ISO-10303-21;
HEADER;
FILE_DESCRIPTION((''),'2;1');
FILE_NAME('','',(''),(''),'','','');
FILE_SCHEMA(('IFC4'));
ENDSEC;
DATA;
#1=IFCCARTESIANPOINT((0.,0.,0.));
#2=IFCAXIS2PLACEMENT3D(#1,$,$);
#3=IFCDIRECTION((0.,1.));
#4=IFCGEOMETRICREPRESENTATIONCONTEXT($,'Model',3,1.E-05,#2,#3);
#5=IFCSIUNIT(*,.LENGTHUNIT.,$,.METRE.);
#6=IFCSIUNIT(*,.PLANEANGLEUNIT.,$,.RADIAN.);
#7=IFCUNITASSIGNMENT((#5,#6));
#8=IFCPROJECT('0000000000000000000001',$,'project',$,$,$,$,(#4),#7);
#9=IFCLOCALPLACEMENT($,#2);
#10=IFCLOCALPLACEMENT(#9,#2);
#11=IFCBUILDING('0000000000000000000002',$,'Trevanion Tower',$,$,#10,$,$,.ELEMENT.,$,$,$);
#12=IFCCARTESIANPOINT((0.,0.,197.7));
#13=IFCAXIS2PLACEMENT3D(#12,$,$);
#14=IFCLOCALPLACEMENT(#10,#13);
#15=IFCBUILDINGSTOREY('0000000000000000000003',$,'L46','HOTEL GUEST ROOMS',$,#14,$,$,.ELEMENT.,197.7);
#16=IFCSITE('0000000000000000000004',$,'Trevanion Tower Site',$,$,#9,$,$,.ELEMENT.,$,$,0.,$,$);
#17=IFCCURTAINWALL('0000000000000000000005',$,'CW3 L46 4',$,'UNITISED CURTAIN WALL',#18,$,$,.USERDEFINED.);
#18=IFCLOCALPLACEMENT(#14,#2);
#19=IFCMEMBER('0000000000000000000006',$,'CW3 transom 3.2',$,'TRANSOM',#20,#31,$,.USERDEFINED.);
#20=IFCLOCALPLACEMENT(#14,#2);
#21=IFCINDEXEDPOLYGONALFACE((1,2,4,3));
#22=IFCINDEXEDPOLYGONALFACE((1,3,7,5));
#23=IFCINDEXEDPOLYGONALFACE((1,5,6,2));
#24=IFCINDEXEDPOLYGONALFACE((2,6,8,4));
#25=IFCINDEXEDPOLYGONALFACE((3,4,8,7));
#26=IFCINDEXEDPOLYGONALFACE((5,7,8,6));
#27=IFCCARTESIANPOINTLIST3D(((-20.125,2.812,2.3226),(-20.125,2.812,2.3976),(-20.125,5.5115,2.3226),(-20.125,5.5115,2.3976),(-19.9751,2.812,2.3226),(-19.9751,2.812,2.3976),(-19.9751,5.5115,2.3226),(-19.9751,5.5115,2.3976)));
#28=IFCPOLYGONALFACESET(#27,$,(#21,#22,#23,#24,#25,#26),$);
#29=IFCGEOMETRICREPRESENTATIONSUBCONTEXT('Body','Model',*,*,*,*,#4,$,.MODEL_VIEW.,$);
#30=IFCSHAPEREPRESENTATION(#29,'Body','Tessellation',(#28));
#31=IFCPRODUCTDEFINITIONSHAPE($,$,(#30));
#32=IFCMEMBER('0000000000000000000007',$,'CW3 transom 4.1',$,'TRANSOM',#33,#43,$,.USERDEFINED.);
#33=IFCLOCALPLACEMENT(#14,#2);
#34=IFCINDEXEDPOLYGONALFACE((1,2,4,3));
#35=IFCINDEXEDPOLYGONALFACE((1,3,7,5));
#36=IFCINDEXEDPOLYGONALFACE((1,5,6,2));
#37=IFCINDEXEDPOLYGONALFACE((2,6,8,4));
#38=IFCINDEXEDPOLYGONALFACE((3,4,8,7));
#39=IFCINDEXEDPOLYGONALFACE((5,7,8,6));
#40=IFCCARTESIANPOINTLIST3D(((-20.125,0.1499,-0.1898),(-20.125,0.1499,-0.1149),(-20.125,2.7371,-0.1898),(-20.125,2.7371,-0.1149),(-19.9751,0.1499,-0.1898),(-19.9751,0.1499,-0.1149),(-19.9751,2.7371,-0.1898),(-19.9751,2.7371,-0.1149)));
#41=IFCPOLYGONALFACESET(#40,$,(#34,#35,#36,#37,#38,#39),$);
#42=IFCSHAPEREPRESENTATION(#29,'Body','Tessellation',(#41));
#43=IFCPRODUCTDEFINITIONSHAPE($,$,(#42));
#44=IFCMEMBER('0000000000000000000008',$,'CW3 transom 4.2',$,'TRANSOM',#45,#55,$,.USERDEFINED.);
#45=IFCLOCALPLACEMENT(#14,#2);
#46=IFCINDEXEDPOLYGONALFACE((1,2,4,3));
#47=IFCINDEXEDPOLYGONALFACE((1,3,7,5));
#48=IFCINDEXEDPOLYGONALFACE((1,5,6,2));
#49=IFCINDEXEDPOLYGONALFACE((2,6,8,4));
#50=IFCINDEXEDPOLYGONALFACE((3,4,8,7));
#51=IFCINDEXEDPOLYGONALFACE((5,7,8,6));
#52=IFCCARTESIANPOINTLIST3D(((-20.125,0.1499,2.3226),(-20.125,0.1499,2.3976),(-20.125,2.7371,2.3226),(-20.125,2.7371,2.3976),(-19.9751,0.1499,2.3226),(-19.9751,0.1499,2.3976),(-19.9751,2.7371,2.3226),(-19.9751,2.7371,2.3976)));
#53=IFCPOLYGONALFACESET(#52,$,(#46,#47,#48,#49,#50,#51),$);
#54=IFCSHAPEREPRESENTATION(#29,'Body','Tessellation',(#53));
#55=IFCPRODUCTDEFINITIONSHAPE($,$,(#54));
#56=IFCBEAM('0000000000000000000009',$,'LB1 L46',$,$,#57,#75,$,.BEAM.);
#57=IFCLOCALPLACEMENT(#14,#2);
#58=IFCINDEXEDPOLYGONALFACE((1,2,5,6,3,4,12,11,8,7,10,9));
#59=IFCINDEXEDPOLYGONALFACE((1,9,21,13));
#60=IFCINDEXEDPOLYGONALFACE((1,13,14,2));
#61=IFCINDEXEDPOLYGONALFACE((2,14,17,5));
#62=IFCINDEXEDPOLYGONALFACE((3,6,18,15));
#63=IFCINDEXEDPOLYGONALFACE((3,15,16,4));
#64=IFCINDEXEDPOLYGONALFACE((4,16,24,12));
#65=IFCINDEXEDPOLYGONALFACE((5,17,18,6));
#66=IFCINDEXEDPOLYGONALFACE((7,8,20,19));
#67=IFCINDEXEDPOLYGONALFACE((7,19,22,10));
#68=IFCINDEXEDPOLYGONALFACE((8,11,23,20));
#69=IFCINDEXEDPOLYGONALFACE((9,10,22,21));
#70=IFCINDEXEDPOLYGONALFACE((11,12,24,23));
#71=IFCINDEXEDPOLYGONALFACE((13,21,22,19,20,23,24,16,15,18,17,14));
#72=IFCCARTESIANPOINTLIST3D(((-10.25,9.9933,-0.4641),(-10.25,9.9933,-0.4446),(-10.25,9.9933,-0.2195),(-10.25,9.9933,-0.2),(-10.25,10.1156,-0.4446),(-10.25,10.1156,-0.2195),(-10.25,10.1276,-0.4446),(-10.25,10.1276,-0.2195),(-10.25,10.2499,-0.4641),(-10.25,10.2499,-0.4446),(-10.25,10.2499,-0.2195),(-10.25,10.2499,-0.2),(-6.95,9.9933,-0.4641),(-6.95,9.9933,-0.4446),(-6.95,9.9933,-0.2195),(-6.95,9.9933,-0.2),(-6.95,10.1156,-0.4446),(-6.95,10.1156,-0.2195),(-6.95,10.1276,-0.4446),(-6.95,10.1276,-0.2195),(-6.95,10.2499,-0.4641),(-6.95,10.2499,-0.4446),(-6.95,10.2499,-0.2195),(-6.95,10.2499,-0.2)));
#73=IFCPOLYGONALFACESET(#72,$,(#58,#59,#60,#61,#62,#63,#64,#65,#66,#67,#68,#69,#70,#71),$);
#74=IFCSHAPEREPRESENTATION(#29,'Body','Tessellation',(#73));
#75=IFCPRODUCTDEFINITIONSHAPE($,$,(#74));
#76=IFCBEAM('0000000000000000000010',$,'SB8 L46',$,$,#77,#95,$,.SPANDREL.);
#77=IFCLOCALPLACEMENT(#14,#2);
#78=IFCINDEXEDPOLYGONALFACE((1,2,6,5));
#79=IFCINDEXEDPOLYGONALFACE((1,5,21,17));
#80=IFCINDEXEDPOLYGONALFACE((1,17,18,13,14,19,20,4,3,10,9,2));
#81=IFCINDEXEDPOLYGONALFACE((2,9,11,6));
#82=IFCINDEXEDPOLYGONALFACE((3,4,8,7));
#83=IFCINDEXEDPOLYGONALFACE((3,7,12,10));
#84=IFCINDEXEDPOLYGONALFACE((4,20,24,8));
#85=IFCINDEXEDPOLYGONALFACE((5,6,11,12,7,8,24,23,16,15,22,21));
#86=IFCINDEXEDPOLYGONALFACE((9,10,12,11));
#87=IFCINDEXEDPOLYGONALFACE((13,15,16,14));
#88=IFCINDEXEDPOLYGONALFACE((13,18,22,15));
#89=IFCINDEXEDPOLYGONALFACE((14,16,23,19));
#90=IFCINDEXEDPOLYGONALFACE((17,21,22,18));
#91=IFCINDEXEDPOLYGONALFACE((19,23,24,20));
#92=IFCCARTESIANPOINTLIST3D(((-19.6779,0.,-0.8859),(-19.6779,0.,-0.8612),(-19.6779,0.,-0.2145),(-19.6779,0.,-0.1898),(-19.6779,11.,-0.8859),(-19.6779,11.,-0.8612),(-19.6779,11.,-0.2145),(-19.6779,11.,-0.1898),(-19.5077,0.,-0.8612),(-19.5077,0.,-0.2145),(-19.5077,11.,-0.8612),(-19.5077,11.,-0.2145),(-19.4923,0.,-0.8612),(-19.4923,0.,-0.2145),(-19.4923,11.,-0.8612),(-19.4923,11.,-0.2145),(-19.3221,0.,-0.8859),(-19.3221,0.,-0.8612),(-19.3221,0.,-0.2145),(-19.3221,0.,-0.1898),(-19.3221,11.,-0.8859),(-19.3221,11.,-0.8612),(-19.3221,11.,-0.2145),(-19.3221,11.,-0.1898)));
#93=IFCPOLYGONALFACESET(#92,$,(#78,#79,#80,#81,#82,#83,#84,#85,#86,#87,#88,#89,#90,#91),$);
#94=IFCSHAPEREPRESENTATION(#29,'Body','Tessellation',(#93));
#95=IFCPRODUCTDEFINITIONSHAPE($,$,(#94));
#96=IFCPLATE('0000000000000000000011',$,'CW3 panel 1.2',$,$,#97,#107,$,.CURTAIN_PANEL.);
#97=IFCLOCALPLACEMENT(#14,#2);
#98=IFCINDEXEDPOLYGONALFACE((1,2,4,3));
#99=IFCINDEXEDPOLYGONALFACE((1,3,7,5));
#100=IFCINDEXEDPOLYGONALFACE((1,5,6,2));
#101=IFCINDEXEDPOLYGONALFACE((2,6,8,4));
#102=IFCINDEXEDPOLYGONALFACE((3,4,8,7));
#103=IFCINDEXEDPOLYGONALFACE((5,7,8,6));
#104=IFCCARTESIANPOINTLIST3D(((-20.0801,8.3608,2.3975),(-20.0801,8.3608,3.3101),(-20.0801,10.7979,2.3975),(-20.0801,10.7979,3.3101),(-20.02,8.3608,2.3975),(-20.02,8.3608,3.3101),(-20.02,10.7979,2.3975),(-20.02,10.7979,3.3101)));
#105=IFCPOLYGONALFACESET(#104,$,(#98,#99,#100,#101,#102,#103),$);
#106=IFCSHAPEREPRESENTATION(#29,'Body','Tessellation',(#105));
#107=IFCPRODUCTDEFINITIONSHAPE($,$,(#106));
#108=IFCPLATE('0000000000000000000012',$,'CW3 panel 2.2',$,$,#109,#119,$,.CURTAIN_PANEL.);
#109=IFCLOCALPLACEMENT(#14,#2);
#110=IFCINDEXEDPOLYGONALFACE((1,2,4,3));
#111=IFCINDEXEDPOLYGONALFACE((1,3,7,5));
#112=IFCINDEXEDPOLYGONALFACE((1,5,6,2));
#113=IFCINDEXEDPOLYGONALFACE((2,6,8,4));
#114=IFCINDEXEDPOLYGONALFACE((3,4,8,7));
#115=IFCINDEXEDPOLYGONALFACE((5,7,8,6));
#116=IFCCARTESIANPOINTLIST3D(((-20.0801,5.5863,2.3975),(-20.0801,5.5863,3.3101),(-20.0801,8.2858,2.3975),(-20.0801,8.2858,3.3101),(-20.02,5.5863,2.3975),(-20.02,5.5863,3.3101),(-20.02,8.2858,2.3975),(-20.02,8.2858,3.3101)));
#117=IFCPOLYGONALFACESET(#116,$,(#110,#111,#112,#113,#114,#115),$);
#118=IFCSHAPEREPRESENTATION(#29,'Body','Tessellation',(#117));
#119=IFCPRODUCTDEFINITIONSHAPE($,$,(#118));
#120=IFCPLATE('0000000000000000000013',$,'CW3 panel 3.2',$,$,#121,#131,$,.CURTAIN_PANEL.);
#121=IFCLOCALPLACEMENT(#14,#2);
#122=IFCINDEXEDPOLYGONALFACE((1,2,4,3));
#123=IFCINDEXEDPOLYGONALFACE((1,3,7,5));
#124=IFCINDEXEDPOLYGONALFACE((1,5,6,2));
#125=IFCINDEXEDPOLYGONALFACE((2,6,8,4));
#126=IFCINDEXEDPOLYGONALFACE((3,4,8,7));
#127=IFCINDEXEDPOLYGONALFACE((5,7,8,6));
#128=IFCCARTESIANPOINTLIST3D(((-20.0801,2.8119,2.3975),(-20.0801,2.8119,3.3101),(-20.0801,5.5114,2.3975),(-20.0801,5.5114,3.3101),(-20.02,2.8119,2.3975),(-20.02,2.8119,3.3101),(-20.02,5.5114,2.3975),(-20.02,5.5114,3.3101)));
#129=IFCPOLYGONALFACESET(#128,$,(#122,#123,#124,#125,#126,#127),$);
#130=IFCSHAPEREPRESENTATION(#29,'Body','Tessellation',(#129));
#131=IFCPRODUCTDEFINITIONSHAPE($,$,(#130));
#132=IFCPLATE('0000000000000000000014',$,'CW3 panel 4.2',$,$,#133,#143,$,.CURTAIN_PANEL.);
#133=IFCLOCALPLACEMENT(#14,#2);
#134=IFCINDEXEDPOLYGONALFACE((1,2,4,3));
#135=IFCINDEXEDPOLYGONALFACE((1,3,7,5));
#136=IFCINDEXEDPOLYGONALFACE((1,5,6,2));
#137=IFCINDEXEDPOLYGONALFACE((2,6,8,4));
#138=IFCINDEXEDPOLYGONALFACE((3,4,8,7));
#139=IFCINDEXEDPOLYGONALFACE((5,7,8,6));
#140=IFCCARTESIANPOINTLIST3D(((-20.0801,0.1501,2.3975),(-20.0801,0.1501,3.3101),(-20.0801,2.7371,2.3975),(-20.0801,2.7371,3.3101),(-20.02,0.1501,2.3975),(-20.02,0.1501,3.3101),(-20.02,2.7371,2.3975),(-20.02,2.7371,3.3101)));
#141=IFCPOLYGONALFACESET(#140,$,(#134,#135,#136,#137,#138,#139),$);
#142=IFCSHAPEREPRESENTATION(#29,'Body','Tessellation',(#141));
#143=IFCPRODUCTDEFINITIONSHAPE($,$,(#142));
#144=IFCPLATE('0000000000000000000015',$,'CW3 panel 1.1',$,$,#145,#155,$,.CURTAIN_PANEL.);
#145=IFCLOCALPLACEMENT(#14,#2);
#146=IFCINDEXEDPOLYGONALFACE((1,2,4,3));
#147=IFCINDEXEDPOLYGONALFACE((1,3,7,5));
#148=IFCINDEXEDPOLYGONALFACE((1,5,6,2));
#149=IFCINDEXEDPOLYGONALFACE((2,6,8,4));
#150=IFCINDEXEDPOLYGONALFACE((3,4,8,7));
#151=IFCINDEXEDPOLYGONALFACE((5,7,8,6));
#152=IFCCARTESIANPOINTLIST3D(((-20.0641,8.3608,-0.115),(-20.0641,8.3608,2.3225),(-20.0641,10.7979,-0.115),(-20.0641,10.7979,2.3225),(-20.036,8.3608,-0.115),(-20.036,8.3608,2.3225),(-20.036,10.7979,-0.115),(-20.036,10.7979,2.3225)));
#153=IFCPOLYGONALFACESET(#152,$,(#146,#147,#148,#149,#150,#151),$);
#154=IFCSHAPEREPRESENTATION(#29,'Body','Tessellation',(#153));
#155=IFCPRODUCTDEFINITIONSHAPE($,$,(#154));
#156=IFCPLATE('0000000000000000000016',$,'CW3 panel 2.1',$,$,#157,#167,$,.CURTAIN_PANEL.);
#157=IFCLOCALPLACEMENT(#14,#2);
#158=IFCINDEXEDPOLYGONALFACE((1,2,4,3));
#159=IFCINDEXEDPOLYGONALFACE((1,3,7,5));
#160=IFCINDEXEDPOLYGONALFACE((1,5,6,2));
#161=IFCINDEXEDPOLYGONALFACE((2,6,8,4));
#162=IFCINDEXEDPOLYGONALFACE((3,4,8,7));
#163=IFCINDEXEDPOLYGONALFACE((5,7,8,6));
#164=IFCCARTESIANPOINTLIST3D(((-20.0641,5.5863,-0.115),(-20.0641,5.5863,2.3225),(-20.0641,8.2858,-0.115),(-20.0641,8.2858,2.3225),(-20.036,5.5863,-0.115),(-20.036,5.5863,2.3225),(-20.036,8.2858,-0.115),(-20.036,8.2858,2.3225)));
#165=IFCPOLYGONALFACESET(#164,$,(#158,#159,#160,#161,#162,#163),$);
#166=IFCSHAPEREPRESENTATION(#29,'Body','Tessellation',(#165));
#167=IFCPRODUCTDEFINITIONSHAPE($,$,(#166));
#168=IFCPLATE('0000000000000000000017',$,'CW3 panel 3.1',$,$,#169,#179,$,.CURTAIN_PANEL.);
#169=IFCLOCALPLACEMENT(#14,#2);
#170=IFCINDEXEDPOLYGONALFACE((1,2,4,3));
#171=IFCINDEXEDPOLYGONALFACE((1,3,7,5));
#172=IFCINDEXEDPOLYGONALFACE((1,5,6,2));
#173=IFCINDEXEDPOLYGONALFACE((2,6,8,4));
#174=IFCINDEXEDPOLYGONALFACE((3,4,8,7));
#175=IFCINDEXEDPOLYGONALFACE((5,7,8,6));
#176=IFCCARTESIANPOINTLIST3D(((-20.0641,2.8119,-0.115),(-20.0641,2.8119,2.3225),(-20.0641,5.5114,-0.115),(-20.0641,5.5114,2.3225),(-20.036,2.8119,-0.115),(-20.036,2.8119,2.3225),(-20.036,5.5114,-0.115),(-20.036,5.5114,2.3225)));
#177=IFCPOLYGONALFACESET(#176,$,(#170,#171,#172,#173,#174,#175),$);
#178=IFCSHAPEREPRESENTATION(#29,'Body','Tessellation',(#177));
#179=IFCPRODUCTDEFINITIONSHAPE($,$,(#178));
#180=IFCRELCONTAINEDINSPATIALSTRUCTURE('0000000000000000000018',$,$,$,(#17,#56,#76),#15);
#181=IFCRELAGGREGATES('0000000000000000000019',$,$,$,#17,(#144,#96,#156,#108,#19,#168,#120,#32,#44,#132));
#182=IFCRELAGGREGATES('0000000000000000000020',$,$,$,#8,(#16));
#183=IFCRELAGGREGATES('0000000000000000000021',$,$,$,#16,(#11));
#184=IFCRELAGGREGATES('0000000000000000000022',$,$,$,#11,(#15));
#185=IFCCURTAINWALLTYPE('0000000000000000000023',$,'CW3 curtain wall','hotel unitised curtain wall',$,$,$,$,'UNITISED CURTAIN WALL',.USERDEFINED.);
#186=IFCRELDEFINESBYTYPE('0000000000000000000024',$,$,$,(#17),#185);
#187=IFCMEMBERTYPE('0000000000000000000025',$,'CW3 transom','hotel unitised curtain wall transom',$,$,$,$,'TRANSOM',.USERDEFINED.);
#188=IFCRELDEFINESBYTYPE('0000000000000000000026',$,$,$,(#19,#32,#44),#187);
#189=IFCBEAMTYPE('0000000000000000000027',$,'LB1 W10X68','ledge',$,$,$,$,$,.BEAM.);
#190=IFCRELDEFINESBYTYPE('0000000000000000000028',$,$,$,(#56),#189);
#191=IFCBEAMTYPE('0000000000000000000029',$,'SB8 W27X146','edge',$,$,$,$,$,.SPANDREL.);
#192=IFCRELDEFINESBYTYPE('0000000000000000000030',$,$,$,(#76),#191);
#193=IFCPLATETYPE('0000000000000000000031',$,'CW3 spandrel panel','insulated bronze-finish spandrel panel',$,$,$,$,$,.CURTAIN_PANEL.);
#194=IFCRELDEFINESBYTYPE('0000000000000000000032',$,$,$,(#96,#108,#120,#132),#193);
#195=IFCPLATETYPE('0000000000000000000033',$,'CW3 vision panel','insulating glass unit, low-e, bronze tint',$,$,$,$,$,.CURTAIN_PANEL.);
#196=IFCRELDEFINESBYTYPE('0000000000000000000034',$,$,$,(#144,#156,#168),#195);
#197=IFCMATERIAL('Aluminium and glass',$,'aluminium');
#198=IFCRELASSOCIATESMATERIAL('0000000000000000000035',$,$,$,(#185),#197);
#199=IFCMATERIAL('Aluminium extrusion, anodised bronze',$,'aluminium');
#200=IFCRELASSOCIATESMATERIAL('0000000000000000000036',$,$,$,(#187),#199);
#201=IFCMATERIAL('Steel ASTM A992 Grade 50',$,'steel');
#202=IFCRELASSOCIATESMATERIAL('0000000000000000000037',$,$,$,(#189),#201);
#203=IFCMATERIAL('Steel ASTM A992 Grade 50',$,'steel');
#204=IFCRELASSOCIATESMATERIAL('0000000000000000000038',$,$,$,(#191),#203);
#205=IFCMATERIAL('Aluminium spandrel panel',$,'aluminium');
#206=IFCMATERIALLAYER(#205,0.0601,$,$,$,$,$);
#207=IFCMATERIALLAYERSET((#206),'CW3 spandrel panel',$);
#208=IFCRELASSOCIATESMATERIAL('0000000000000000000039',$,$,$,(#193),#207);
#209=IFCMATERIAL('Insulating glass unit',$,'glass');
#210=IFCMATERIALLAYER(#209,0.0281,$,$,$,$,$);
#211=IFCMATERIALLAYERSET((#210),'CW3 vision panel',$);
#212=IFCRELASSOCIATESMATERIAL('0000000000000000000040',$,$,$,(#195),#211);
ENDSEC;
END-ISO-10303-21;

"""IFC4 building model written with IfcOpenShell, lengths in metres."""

from ifc_helpers import new_model, si_unit, direction, frame, origin, origin_2d, place, context, subcontext, project, spatial, rectangle, i_section, extrude, material, layer, layer_set, material_profile, profile_set, type_object, element, aggregate, save


model = new_model("IFC4")

# Units and contexts
model_context = context("Model", 3, precision=1e-05, world=origin(), true_north=direction((0.0, 1.0)))
body_context = subcontext(model_context, "Body", "Model", "MODEL_VIEW")
ifc_project = project(units=[si_unit("LENGTHUNIT", "METRE"), si_unit("PLANEANGLEUNIT", "RADIAN")], contexts=[model_context])

# Site, building, storey
site_placement = place(None, origin())
site = spatial("IfcSite", under=ifc_project, at=site_placement, Name="Trevanion Tower Site", CompositionType="ELEMENT", RefElevation=0.0)
building_placement = place(site_placement, origin())
building = spatial("IfcBuilding", under=site, at=building_placement, Name="Trevanion Tower", CompositionType="ELEMENT")
storey_placement = place(building_placement, frame((0.0, 0.0, 197.7)))
storey = spatial("IfcBuildingStorey", under=building, at=storey_placement, Name="L46", Description="HOTEL GUEST ROOMS", CompositionType="ELEMENT", Elevation=197.7)

# Curtain wall, members
ifc_material_1 = material(Name="Aluminium and glass", Category="aluminium")
curtain_wall_type = type_object("IfcCurtainWallType", Name="CW3 curtain wall", Description="hotel unitised curtain wall", ElementType="UNITISED CURTAIN WALL", PredefinedType="USERDEFINED", material=ifc_material_1)
curtain_wall_placement = place(storey_placement, origin())
curtain_wall = element("IfcCurtainWall", 1, at=curtain_wall_placement, inside=storey, type_object=curtain_wall_type, Name="CW3 L46 4", ObjectType="UNITISED CURTAIN WALL", PredefinedType="USERDEFINED")
ifc_material_2 = material(Name="Aluminium extrusion, anodised bronze", Category="aluminium")
ifc_material_profile_1 = material_profile(ifc_material_2, rectangle(XDim=0.1499, YDim=0.075, at=origin_2d()), Name="CW3 transom")
ifc_profile_set_1 = profile_set([ifc_material_profile_1], Name="Aluminium extrusion, anodised bronze")
member_type_1 = type_object("IfcMemberType", Name="CW3 transom", Description="hotel unitised curtain wall transom", ElementType="TRANSOM", PredefinedType="USERDEFINED", material=ifc_profile_set_1)
member_1_placement = place(storey_placement, frame((-20.05, 5.5115, 2.3601), z_axis=(0.0, -1.0, 0.0), x_axis=(1.0, 0.0, 0.0)))
member_1 = element("IfcMember", 2, at=member_1_placement, type_object=member_type_1, Name="CW3 transom 3.2", ObjectType="TRANSOM", PredefinedType="USERDEFINED", context=body_context, shape_type="SweptSolid", body=[
    extrude(rectangle(XDim=0.1499, YDim=0.075, at=origin_2d()), origin(), (0.0, 0.0, 1.0), 2.6995),
])
member_2_placement = place(storey_placement, frame((-20.05, 2.7371, -0.1523), z_axis=(0.0, -1.0, 0.0), x_axis=(1.0, 0.0, 0.0)))
member_2 = element("IfcMember", 3, at=member_2_placement, type_object=member_type_1, Name="CW3 transom 4.1", ObjectType="TRANSOM", PredefinedType="USERDEFINED", context=body_context, shape_type="SweptSolid", body=[
    extrude(rectangle(XDim=0.1499, YDim=0.075, at=origin_2d()), origin(), (0.0, 0.0, 1.0), 2.5872),
])
member_3_placement = place(storey_placement, frame((-20.05, 2.7371, 2.3601), z_axis=(0.0, -1.0, 0.0), x_axis=(1.0, 0.0, 0.0)))
member_3 = element("IfcMember", 4, at=member_3_placement, type_object=member_type_1, Name="CW3 transom 4.2", ObjectType="TRANSOM", PredefinedType="USERDEFINED", context=body_context, shape_type="SweptSolid", body=[
    extrude(rectangle(XDim=0.1499, YDim=0.075, at=origin_2d()), origin(), (0.0, 0.0, 1.0), 2.5872),
])

# Beams
ifc_material_3 = material(Name="Steel ASTM A992 Grade 50", Category="steel")
ifc_material_profile_2 = material_profile(ifc_material_3, i_section(OverallWidth=0.2566, OverallDepth=0.2642, WebThickness=0.012, FlangeThickness=0.0195, at=origin_2d()), Name="W10X68")
ifc_profile_set_2 = profile_set([ifc_material_profile_2], Name="Steel ASTM A992 Grade 50")
beam_type_1 = type_object("IfcBeamType", Name="LB1 W10X68", Description="ledge", PredefinedType="BEAM", material=ifc_profile_set_2)
beam_1_placement = place(storey_placement, frame((-10.25, 10.1216, -0.332), z_axis=(1.0, 0.0, 0.0), x_axis=(0.0, 1.0, 0.0)))
element("IfcBeam", 5, at=beam_1_placement, inside=storey, type_object=beam_type_1, Name="LB1 L46", PredefinedType="BEAM", context=body_context, shape_type="SweptSolid", body=[
    extrude(i_section(OverallWidth=0.2566, OverallDepth=0.2642, WebThickness=0.012, FlangeThickness=0.0195, at=origin_2d()), origin(), (0.0, 0.0, 1.0), 3.3),
])
ifc_material_4 = material(Name="Steel ASTM A992 Grade 50", Category="steel")
ifc_material_profile_3 = material_profile(ifc_material_4, i_section(OverallWidth=0.3557, OverallDepth=0.696, WebThickness=0.0154, FlangeThickness=0.0247, at=origin_2d()), Name="W27X146")
ifc_profile_set_3 = profile_set([ifc_material_profile_3], Name="Steel ASTM A992 Grade 50")
beam_type_2 = type_object("IfcBeamType", Name="SB8 W27X146", Description="edge", PredefinedType="SPANDREL", material=ifc_profile_set_3)
beam_2_placement = place(storey_placement, frame((-19.5, 11.0, -0.5378), z_axis=(0.0, -1.0, 0.0), x_axis=(1.0, 0.0, 0.0)))
element("IfcBeam", 6, at=beam_2_placement, inside=storey, type_object=beam_type_2, Name="SB8 L46", PredefinedType="SPANDREL", context=body_context, shape_type="SweptSolid", body=[
    extrude(i_section(OverallWidth=0.3557, OverallDepth=0.696, WebThickness=0.0154, FlangeThickness=0.0247, at=origin_2d()), origin(), (0.0, 0.0, 1.0), 11.0),
])

# Plates
ifc_material_5 = material(Name="Aluminium spandrel panel", Category="aluminium")
ifc_layer_1 = layer(ifc_material_5, 0.0601)
ifc_layer_set_1 = layer_set([ifc_layer_1], Name="CW3 spandrel panel")
plate_type_1 = type_object("IfcPlateType", Name="CW3 spandrel panel", Description="insulated bronze-finish spandrel panel", PredefinedType="CURTAIN_PANEL", material=ifc_layer_set_1)
plate_1_placement = place(storey_placement, frame((-20.05, 9.5793, 2.3975), z_axis=(0.0, 0.0, 1.0), x_axis=(0.0, -1.0, 0.0)))
plate_1 = element("IfcPlate", 7, at=plate_1_placement, type_object=plate_type_1, Name="CW3 panel 1.2", PredefinedType="CURTAIN_PANEL", context=body_context, shape_type="SweptSolid", body=[
    extrude(rectangle(XDim=2.437, YDim=0.0601, at=origin_2d()), origin(), (0.0, 0.0, 1.0), 0.9126),
])
plate_2_placement = place(storey_placement, frame((-20.05, 6.936, 2.3975), z_axis=(0.0, 0.0, 1.0), x_axis=(0.0, -1.0, 0.0)))
plate_2 = element("IfcPlate", 8, at=plate_2_placement, type_object=plate_type_1, Name="CW3 panel 2.2", PredefinedType="CURTAIN_PANEL", context=body_context, shape_type="SweptSolid", body=[
    extrude(rectangle(XDim=2.6995, YDim=0.0601, at=origin_2d()), origin(), (0.0, 0.0, 1.0), 0.9126),
])
plate_3_placement = place(storey_placement, frame((-20.05, 4.1616, 2.3975), z_axis=(0.0, 0.0, 1.0), x_axis=(0.0, -1.0, 0.0)))
plate_3 = element("IfcPlate", 9, at=plate_3_placement, type_object=plate_type_1, Name="CW3 panel 3.2", PredefinedType="CURTAIN_PANEL", context=body_context, shape_type="SweptSolid", body=[
    extrude(rectangle(XDim=2.6995, YDim=0.0601, at=origin_2d()), origin(), (0.0, 0.0, 1.0), 0.9126),
])
plate_4_placement = place(storey_placement, frame((-20.05, 1.4436, 2.3975), z_axis=(0.0, 0.0, 1.0), x_axis=(0.0, -1.0, 0.0)))
plate_4 = element("IfcPlate", 10, at=plate_4_placement, type_object=plate_type_1, Name="CW3 panel 4.2", PredefinedType="CURTAIN_PANEL", context=body_context, shape_type="SweptSolid", body=[
    extrude(rectangle(XDim=2.5869, YDim=0.0601, at=origin_2d()), origin(), (0.0, 0.0, 1.0), 0.9126),
])
ifc_material_6 = material(Name="Insulating glass unit", Category="glass")
ifc_layer_2 = layer(ifc_material_6, 0.0281)
ifc_layer_set_2 = layer_set([ifc_layer_2], Name="CW3 vision panel")
plate_type_2 = type_object("IfcPlateType", Name="CW3 vision panel", Description="insulating glass unit, low-e, bronze tint", PredefinedType="CURTAIN_PANEL", material=ifc_layer_set_2)
plate_5_placement = place(storey_placement, frame((-20.05, 9.5793, -0.115), z_axis=(0.0, 0.0, 1.0), x_axis=(0.0, -1.0, 0.0)))
plate_5 = element("IfcPlate", 11, at=plate_5_placement, type_object=plate_type_2, Name="CW3 panel 1.1", PredefinedType="CURTAIN_PANEL", context=body_context, shape_type="SweptSolid", body=[
    extrude(rectangle(XDim=2.437, YDim=0.0281, at=origin_2d()), origin(), (0.0, 0.0, 1.0), 2.4375),
])
plate_6_placement = place(storey_placement, frame((-20.05, 6.936, -0.115), z_axis=(0.0, 0.0, 1.0), x_axis=(0.0, -1.0, 0.0)))
plate_6 = element("IfcPlate", 12, at=plate_6_placement, type_object=plate_type_2, Name="CW3 panel 2.1", PredefinedType="CURTAIN_PANEL", context=body_context, shape_type="SweptSolid", body=[
    extrude(rectangle(XDim=2.6995, YDim=0.0281, at=origin_2d()), origin(), (0.0, 0.0, 1.0), 2.4375),
])
plate_7_placement = place(storey_placement, frame((-20.05, 4.1616, -0.115), z_axis=(0.0, 0.0, 1.0), x_axis=(0.0, -1.0, 0.0)))
plate_7 = element("IfcPlate", 13, at=plate_7_placement, type_object=plate_type_2, Name="CW3 panel 3.1", PredefinedType="CURTAIN_PANEL", context=body_context, shape_type="SweptSolid", body=[
    extrude(rectangle(XDim=2.6995, YDim=0.0281, at=origin_2d()), origin(), (0.0, 0.0, 1.0), 2.4375),
])
aggregate(curtain_wall, [plate_5, plate_1, plate_6, plate_2, member_1, plate_7, plate_3, member_2, member_3, plate_4])

save(model, "model.ifc")
